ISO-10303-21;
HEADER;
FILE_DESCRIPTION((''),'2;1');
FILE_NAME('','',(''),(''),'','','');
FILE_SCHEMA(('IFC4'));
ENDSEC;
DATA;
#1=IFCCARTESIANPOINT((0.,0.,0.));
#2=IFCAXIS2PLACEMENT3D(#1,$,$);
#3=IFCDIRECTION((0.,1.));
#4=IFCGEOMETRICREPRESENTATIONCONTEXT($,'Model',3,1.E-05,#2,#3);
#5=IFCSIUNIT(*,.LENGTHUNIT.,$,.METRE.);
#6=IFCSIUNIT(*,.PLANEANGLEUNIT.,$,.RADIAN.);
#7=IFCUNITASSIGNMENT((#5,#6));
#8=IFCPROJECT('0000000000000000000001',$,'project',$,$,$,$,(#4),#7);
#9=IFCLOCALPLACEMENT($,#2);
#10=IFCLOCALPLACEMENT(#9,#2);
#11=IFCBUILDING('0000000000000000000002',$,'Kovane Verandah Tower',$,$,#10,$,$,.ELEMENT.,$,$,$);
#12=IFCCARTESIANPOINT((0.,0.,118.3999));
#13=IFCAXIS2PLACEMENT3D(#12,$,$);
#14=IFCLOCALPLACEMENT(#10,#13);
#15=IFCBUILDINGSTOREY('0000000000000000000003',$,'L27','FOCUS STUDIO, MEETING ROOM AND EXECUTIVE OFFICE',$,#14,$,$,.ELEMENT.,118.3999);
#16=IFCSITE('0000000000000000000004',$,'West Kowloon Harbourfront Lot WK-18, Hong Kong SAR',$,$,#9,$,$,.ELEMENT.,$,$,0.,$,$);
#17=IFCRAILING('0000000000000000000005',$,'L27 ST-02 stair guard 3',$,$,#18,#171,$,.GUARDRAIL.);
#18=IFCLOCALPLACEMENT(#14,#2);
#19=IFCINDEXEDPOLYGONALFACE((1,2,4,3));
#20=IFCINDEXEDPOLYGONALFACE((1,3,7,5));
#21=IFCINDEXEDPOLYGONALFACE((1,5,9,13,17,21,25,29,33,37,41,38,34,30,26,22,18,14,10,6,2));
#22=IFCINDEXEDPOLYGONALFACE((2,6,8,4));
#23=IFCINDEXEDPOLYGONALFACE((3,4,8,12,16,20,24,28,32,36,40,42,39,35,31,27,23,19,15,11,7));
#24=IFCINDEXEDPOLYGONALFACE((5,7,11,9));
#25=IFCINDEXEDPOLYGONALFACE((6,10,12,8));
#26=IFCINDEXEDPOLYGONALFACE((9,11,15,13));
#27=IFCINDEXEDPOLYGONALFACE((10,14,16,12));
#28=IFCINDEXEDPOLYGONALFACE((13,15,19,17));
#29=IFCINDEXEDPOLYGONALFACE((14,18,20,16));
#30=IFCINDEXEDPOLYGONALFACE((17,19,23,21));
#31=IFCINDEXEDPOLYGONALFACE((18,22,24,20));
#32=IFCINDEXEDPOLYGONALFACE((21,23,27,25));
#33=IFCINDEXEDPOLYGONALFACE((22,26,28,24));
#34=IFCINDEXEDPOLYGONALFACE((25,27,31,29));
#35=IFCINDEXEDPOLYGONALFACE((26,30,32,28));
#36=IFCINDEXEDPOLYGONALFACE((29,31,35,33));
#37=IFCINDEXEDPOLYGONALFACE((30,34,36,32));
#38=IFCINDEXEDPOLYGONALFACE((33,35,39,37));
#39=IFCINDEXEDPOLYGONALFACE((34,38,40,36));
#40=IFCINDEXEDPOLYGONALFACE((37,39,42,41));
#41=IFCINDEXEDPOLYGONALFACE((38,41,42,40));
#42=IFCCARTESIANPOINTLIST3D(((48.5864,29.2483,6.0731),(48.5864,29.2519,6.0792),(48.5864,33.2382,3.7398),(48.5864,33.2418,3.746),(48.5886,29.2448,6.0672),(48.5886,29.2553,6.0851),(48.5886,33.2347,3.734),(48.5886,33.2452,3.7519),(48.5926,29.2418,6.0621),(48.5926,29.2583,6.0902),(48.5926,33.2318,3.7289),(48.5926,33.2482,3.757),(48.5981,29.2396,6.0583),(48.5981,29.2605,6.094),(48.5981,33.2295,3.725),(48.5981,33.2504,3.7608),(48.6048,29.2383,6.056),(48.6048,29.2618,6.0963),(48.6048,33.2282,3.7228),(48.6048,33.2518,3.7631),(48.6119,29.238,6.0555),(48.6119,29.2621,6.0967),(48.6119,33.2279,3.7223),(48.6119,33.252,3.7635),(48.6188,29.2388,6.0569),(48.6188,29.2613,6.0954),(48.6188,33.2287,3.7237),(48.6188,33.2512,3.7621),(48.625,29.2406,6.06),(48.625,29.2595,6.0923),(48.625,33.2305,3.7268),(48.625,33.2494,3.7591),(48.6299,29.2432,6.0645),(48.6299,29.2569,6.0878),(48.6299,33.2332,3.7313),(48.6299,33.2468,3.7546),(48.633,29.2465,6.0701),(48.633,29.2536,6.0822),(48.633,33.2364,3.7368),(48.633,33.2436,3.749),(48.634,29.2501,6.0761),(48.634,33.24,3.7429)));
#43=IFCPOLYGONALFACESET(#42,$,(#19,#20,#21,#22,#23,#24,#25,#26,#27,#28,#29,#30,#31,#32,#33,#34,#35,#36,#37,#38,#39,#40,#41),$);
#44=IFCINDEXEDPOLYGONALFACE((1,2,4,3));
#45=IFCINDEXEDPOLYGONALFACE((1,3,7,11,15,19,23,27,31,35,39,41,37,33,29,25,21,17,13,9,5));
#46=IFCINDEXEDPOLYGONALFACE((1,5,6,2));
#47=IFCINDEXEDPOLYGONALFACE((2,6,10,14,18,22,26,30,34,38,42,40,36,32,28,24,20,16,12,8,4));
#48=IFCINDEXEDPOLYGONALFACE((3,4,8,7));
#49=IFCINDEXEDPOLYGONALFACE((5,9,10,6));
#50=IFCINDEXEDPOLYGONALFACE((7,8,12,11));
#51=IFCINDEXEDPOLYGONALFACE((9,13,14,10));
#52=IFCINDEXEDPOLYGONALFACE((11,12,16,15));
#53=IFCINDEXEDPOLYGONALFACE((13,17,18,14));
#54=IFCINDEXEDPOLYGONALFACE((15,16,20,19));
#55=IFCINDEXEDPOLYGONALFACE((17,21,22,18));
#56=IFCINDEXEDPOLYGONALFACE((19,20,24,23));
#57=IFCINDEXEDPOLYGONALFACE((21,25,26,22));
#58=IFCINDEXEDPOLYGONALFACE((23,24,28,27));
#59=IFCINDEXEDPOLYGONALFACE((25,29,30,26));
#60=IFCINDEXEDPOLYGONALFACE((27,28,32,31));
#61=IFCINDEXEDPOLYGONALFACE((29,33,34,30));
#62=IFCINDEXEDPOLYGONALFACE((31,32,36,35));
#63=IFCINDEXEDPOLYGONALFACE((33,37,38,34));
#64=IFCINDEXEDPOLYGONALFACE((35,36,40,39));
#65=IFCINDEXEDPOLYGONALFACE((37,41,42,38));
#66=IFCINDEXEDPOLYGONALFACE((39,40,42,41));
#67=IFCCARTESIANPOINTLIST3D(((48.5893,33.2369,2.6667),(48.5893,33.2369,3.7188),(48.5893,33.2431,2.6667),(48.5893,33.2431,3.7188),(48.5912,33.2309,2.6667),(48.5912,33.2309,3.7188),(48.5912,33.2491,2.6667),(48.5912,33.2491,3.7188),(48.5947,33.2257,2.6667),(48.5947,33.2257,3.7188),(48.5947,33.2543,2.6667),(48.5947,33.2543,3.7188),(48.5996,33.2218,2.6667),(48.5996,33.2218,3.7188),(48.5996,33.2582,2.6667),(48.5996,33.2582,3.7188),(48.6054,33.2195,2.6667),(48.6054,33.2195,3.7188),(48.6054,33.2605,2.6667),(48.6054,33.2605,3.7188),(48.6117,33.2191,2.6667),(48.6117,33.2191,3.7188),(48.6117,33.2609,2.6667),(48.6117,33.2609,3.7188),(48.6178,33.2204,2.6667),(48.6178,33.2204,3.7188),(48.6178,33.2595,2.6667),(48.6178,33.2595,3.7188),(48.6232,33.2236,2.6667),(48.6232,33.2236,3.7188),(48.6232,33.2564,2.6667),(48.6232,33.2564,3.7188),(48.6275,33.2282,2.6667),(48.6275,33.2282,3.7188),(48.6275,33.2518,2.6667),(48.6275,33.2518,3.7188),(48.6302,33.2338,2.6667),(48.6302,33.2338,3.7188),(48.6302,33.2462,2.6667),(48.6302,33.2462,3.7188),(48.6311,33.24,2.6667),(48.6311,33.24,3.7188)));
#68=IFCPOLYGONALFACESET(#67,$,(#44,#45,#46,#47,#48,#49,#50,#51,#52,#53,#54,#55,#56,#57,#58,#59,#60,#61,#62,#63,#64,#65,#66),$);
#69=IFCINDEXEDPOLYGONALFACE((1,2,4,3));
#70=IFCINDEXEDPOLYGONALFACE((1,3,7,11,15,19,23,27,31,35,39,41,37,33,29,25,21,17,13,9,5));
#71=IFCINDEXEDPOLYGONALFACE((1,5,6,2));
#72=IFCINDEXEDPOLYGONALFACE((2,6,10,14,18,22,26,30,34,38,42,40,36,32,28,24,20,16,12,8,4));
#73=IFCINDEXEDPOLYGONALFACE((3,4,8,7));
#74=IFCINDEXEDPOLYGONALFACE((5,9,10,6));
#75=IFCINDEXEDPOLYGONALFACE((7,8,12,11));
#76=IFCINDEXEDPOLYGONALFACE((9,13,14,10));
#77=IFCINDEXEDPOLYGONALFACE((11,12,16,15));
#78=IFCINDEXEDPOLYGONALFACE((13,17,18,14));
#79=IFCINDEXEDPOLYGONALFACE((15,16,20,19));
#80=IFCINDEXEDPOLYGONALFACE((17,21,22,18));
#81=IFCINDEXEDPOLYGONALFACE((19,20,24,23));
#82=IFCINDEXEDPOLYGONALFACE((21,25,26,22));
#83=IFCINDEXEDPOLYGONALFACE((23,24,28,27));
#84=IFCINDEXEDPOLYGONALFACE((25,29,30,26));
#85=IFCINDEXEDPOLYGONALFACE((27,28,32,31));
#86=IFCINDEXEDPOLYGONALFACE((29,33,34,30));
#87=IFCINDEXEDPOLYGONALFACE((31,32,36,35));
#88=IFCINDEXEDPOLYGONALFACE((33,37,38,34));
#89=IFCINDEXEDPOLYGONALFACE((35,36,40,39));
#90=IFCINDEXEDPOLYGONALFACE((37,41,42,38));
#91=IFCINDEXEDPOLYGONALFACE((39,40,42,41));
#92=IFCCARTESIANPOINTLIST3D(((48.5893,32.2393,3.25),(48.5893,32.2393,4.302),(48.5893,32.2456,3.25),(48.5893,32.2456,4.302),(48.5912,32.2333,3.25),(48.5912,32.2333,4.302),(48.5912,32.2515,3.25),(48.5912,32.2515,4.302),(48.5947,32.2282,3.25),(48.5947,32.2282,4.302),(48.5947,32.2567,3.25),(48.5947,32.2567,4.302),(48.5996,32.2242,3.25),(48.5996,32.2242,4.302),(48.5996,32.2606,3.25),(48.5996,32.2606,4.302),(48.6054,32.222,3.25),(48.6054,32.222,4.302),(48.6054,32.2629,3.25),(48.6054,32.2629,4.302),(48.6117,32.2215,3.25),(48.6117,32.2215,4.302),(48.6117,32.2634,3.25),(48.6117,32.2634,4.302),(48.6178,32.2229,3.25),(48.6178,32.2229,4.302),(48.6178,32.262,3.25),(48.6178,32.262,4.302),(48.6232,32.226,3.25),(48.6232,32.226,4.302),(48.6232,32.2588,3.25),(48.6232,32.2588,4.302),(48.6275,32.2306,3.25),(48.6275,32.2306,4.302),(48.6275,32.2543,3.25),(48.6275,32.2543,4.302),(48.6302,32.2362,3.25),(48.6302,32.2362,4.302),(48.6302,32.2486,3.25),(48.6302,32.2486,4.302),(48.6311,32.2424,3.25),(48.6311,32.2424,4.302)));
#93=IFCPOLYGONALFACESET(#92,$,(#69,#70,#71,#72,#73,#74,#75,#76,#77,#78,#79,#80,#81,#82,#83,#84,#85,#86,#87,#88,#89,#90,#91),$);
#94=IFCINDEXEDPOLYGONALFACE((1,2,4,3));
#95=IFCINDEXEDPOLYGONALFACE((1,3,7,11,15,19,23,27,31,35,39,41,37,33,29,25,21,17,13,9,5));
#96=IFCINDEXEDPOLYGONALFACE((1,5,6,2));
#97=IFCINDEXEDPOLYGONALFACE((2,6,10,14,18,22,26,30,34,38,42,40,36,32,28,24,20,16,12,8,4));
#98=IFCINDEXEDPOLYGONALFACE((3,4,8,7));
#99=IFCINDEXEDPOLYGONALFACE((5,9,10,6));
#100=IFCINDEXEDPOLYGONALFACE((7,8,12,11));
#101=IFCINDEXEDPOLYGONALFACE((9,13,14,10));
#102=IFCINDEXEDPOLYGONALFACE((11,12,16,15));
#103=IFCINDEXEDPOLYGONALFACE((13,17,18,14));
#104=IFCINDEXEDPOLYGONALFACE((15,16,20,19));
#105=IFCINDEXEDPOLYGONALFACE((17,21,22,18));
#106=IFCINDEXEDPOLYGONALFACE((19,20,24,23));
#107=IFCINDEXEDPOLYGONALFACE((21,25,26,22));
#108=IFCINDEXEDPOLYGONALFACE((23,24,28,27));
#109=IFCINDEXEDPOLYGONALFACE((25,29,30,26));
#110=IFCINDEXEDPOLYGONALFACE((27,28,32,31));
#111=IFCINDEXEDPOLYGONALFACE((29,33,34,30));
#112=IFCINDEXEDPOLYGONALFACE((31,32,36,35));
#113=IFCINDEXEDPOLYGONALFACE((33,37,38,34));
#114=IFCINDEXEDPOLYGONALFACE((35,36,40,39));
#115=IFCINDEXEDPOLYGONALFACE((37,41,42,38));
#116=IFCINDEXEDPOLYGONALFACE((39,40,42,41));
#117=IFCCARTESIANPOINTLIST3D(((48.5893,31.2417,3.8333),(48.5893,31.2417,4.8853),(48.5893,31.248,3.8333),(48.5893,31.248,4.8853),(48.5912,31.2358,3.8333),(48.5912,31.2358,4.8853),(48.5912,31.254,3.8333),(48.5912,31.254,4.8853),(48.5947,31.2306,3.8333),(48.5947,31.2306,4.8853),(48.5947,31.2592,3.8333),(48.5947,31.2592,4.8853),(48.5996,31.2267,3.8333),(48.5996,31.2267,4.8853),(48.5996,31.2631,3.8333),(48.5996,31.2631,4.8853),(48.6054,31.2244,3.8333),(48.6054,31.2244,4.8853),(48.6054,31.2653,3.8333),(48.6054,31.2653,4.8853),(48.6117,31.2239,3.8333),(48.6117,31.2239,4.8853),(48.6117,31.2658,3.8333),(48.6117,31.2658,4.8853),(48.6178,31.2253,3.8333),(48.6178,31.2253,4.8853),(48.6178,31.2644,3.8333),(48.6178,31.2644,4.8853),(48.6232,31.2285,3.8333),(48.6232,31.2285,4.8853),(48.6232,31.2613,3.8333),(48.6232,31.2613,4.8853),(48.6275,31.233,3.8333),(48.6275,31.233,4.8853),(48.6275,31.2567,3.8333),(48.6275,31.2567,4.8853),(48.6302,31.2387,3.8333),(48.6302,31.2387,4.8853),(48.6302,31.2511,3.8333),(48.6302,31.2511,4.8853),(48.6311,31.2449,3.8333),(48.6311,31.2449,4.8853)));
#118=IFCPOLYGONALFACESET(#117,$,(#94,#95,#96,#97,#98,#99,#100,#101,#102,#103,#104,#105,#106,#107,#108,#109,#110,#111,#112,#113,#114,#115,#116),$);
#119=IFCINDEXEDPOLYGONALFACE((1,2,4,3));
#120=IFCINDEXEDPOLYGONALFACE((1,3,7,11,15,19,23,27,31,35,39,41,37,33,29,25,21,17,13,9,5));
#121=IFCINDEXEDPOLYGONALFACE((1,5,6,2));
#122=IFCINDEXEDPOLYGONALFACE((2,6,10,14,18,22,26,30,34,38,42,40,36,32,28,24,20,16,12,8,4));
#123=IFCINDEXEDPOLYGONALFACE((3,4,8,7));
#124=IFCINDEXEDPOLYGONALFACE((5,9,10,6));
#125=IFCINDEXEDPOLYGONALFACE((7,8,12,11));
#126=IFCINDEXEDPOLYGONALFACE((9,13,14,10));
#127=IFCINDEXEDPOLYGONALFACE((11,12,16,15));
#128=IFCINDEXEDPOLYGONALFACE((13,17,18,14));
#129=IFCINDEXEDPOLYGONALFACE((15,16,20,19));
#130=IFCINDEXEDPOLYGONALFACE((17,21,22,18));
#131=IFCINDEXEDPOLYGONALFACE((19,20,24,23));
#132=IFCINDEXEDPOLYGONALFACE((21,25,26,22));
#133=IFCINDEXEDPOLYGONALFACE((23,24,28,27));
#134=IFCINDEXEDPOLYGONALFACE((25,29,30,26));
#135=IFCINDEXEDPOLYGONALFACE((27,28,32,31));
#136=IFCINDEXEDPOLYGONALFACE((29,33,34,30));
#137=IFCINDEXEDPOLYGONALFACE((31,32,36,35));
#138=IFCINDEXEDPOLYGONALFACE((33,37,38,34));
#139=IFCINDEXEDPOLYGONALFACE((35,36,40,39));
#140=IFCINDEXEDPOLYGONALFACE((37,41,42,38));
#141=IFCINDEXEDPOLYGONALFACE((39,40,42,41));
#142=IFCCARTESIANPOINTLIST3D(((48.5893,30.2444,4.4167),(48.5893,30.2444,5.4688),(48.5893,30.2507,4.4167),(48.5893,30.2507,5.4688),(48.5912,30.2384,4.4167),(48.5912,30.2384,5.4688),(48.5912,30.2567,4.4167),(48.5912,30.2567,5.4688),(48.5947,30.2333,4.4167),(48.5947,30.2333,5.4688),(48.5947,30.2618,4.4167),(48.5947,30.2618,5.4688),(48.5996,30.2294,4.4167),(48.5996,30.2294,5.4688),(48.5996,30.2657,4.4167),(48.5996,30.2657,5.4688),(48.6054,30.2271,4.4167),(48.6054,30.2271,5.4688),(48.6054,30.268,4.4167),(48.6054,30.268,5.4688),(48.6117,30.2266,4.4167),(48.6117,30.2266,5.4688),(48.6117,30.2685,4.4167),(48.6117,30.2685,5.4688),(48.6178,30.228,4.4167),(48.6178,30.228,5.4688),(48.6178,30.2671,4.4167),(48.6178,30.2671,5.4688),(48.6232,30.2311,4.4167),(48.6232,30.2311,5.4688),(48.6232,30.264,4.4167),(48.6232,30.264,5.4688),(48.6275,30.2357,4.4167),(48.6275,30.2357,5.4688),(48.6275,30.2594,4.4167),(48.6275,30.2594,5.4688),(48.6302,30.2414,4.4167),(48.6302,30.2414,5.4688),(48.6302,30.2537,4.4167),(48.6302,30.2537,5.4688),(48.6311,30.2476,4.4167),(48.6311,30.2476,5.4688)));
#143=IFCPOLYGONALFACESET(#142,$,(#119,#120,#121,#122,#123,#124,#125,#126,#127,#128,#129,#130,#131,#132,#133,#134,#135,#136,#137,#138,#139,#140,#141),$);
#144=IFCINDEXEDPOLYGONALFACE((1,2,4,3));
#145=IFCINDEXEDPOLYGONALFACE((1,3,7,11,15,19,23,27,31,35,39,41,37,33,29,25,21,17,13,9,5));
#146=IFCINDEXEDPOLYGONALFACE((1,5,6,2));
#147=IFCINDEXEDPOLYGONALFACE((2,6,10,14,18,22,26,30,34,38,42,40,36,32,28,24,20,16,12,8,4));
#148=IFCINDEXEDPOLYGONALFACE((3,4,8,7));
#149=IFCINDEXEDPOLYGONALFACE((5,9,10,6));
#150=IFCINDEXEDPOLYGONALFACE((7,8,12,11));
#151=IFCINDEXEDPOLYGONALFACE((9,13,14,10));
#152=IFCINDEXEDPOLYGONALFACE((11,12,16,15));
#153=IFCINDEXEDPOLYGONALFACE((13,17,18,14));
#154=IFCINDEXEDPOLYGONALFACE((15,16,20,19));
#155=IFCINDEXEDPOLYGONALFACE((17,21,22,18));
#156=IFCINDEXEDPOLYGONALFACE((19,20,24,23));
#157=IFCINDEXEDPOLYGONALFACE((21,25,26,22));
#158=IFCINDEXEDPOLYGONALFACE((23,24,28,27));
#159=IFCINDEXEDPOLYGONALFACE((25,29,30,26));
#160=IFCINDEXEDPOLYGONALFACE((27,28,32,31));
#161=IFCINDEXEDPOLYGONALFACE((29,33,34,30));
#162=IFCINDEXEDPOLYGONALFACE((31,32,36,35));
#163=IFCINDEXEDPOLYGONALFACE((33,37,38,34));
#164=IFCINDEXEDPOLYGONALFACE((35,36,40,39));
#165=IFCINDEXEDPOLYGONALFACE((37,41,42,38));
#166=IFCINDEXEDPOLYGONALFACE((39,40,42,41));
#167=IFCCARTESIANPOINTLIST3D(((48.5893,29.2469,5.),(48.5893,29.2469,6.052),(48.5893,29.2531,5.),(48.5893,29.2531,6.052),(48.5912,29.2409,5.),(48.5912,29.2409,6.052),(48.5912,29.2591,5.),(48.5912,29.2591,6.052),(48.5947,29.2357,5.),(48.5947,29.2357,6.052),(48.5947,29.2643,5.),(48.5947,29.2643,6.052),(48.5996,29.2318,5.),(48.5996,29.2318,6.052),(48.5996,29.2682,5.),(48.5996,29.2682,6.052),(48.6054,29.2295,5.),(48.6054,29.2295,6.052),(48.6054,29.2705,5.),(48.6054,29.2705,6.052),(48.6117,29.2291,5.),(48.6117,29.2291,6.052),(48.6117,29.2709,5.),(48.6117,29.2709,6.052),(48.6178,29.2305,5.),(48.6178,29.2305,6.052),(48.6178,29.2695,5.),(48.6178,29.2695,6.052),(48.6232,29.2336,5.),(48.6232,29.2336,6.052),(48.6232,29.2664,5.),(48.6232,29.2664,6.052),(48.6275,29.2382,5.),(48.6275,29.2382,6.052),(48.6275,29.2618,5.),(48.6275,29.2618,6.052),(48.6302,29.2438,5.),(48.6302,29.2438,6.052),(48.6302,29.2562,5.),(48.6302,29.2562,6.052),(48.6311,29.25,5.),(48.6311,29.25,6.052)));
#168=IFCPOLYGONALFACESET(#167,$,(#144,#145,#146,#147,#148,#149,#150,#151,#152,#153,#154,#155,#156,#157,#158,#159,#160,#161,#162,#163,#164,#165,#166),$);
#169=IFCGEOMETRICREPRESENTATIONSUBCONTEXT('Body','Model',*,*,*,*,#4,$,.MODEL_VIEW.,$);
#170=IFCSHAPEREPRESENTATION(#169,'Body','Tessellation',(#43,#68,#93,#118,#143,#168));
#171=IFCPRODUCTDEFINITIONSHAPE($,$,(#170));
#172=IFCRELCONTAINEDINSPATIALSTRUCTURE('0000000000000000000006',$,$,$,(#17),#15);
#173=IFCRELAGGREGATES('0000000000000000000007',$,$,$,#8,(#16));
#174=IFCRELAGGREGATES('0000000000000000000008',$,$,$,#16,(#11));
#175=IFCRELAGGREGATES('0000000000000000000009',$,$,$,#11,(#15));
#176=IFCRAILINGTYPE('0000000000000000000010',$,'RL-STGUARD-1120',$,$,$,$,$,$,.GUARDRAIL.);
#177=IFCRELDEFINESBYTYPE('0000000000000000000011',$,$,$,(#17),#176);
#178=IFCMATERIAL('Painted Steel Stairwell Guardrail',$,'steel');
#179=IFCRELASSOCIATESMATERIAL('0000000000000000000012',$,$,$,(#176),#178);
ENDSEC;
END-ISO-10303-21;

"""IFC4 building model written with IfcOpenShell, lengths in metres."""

from ifc_helpers import new_model, si_unit, direction, frame, origin, origin_2d, place, context, subcontext, project, spatial, circle, extrude, material, type_object, element, save


model = new_model("IFC4")

# Units and contexts
model_context = context("Model", 3, precision=1e-05, world=origin(), true_north=direction((0.0, 1.0)))
body_context = subcontext(model_context, "Body", "Model", "MODEL_VIEW")
ifc_project = project(units=[si_unit("LENGTHUNIT", "METRE"), si_unit("PLANEANGLEUNIT", "RADIAN")], contexts=[model_context])

# Site, building, storey
site_placement = place(None, origin())
site = spatial("IfcSite", under=ifc_project, at=site_placement, Name="West Kowloon Harbourfront Lot WK-18, Hong Kong SAR", CompositionType="ELEMENT", RefElevation=0.0)
building_placement = place(site_placement, origin())
building = spatial("IfcBuilding", under=site, at=building_placement, Name="Kovane Verandah Tower", CompositionType="ELEMENT")
storey_placement = place(building_placement, frame((0.0, 0.0, 118.3999)))
storey = spatial("IfcBuildingStorey", under=building, at=storey_placement, Name="L27", Description="FOCUS STUDIO, MEETING ROOM AND EXECUTIVE OFFICE", CompositionType="ELEMENT", Elevation=118.3999)

# Railing
ifc_material_1 = material(Name="Painted Steel Stairwell Guardrail", Category="steel")
railing_type_1 = type_object("IfcRailingType", Name="RL-STGUARD-1120", PredefinedType="GUARDRAIL", material=ifc_material_1)
railing_1_placement = place(storey_placement, frame((48.6101, 33.24, 2.6667)))
element("IfcRailing", 1, at=railing_1_placement, inside=storey, type_object=railing_type_1, Name="L27 ST-02 stair guard 3", PredefinedType="GUARDRAIL", context=body_context, shape_type="SweptSolid", body=[
    extrude(circle(Radius=0.0239, at=origin_2d()), frame((0.0, 0.0, 1.0762), z_axis=(0.0, -0.863236, 0.5048), x_axis=(1.0, 0.0, 0.0)), (0.0, 0.0, 1.0), 4.6221),
    extrude(circle(Radius=0.021, at=origin_2d()), origin(), (0.0, 0.0, 1.0), 1.052),
    extrude(circle(Radius=0.021, at=origin_2d()), frame((0.0, -0.9976, 0.5833)), (0.0, 0.0, 1.0), 1.052),
    extrude(circle(Radius=0.021, at=origin_2d()), frame((0.0, -1.9951, 1.1665)), (0.0, 0.0, 1.0), 1.052),
    extrude(circle(Radius=0.021, at=origin_2d()), frame((0.0, -2.9924, 1.75)), (0.0, 0.0, 1.0), 1.052),
    extrude(circle(Radius=0.021, at=origin_2d()), frame((0.0, -3.99, 2.3333)), (0.0, 0.0, 1.0), 1.052),
])

save(model, "model.ifc")
